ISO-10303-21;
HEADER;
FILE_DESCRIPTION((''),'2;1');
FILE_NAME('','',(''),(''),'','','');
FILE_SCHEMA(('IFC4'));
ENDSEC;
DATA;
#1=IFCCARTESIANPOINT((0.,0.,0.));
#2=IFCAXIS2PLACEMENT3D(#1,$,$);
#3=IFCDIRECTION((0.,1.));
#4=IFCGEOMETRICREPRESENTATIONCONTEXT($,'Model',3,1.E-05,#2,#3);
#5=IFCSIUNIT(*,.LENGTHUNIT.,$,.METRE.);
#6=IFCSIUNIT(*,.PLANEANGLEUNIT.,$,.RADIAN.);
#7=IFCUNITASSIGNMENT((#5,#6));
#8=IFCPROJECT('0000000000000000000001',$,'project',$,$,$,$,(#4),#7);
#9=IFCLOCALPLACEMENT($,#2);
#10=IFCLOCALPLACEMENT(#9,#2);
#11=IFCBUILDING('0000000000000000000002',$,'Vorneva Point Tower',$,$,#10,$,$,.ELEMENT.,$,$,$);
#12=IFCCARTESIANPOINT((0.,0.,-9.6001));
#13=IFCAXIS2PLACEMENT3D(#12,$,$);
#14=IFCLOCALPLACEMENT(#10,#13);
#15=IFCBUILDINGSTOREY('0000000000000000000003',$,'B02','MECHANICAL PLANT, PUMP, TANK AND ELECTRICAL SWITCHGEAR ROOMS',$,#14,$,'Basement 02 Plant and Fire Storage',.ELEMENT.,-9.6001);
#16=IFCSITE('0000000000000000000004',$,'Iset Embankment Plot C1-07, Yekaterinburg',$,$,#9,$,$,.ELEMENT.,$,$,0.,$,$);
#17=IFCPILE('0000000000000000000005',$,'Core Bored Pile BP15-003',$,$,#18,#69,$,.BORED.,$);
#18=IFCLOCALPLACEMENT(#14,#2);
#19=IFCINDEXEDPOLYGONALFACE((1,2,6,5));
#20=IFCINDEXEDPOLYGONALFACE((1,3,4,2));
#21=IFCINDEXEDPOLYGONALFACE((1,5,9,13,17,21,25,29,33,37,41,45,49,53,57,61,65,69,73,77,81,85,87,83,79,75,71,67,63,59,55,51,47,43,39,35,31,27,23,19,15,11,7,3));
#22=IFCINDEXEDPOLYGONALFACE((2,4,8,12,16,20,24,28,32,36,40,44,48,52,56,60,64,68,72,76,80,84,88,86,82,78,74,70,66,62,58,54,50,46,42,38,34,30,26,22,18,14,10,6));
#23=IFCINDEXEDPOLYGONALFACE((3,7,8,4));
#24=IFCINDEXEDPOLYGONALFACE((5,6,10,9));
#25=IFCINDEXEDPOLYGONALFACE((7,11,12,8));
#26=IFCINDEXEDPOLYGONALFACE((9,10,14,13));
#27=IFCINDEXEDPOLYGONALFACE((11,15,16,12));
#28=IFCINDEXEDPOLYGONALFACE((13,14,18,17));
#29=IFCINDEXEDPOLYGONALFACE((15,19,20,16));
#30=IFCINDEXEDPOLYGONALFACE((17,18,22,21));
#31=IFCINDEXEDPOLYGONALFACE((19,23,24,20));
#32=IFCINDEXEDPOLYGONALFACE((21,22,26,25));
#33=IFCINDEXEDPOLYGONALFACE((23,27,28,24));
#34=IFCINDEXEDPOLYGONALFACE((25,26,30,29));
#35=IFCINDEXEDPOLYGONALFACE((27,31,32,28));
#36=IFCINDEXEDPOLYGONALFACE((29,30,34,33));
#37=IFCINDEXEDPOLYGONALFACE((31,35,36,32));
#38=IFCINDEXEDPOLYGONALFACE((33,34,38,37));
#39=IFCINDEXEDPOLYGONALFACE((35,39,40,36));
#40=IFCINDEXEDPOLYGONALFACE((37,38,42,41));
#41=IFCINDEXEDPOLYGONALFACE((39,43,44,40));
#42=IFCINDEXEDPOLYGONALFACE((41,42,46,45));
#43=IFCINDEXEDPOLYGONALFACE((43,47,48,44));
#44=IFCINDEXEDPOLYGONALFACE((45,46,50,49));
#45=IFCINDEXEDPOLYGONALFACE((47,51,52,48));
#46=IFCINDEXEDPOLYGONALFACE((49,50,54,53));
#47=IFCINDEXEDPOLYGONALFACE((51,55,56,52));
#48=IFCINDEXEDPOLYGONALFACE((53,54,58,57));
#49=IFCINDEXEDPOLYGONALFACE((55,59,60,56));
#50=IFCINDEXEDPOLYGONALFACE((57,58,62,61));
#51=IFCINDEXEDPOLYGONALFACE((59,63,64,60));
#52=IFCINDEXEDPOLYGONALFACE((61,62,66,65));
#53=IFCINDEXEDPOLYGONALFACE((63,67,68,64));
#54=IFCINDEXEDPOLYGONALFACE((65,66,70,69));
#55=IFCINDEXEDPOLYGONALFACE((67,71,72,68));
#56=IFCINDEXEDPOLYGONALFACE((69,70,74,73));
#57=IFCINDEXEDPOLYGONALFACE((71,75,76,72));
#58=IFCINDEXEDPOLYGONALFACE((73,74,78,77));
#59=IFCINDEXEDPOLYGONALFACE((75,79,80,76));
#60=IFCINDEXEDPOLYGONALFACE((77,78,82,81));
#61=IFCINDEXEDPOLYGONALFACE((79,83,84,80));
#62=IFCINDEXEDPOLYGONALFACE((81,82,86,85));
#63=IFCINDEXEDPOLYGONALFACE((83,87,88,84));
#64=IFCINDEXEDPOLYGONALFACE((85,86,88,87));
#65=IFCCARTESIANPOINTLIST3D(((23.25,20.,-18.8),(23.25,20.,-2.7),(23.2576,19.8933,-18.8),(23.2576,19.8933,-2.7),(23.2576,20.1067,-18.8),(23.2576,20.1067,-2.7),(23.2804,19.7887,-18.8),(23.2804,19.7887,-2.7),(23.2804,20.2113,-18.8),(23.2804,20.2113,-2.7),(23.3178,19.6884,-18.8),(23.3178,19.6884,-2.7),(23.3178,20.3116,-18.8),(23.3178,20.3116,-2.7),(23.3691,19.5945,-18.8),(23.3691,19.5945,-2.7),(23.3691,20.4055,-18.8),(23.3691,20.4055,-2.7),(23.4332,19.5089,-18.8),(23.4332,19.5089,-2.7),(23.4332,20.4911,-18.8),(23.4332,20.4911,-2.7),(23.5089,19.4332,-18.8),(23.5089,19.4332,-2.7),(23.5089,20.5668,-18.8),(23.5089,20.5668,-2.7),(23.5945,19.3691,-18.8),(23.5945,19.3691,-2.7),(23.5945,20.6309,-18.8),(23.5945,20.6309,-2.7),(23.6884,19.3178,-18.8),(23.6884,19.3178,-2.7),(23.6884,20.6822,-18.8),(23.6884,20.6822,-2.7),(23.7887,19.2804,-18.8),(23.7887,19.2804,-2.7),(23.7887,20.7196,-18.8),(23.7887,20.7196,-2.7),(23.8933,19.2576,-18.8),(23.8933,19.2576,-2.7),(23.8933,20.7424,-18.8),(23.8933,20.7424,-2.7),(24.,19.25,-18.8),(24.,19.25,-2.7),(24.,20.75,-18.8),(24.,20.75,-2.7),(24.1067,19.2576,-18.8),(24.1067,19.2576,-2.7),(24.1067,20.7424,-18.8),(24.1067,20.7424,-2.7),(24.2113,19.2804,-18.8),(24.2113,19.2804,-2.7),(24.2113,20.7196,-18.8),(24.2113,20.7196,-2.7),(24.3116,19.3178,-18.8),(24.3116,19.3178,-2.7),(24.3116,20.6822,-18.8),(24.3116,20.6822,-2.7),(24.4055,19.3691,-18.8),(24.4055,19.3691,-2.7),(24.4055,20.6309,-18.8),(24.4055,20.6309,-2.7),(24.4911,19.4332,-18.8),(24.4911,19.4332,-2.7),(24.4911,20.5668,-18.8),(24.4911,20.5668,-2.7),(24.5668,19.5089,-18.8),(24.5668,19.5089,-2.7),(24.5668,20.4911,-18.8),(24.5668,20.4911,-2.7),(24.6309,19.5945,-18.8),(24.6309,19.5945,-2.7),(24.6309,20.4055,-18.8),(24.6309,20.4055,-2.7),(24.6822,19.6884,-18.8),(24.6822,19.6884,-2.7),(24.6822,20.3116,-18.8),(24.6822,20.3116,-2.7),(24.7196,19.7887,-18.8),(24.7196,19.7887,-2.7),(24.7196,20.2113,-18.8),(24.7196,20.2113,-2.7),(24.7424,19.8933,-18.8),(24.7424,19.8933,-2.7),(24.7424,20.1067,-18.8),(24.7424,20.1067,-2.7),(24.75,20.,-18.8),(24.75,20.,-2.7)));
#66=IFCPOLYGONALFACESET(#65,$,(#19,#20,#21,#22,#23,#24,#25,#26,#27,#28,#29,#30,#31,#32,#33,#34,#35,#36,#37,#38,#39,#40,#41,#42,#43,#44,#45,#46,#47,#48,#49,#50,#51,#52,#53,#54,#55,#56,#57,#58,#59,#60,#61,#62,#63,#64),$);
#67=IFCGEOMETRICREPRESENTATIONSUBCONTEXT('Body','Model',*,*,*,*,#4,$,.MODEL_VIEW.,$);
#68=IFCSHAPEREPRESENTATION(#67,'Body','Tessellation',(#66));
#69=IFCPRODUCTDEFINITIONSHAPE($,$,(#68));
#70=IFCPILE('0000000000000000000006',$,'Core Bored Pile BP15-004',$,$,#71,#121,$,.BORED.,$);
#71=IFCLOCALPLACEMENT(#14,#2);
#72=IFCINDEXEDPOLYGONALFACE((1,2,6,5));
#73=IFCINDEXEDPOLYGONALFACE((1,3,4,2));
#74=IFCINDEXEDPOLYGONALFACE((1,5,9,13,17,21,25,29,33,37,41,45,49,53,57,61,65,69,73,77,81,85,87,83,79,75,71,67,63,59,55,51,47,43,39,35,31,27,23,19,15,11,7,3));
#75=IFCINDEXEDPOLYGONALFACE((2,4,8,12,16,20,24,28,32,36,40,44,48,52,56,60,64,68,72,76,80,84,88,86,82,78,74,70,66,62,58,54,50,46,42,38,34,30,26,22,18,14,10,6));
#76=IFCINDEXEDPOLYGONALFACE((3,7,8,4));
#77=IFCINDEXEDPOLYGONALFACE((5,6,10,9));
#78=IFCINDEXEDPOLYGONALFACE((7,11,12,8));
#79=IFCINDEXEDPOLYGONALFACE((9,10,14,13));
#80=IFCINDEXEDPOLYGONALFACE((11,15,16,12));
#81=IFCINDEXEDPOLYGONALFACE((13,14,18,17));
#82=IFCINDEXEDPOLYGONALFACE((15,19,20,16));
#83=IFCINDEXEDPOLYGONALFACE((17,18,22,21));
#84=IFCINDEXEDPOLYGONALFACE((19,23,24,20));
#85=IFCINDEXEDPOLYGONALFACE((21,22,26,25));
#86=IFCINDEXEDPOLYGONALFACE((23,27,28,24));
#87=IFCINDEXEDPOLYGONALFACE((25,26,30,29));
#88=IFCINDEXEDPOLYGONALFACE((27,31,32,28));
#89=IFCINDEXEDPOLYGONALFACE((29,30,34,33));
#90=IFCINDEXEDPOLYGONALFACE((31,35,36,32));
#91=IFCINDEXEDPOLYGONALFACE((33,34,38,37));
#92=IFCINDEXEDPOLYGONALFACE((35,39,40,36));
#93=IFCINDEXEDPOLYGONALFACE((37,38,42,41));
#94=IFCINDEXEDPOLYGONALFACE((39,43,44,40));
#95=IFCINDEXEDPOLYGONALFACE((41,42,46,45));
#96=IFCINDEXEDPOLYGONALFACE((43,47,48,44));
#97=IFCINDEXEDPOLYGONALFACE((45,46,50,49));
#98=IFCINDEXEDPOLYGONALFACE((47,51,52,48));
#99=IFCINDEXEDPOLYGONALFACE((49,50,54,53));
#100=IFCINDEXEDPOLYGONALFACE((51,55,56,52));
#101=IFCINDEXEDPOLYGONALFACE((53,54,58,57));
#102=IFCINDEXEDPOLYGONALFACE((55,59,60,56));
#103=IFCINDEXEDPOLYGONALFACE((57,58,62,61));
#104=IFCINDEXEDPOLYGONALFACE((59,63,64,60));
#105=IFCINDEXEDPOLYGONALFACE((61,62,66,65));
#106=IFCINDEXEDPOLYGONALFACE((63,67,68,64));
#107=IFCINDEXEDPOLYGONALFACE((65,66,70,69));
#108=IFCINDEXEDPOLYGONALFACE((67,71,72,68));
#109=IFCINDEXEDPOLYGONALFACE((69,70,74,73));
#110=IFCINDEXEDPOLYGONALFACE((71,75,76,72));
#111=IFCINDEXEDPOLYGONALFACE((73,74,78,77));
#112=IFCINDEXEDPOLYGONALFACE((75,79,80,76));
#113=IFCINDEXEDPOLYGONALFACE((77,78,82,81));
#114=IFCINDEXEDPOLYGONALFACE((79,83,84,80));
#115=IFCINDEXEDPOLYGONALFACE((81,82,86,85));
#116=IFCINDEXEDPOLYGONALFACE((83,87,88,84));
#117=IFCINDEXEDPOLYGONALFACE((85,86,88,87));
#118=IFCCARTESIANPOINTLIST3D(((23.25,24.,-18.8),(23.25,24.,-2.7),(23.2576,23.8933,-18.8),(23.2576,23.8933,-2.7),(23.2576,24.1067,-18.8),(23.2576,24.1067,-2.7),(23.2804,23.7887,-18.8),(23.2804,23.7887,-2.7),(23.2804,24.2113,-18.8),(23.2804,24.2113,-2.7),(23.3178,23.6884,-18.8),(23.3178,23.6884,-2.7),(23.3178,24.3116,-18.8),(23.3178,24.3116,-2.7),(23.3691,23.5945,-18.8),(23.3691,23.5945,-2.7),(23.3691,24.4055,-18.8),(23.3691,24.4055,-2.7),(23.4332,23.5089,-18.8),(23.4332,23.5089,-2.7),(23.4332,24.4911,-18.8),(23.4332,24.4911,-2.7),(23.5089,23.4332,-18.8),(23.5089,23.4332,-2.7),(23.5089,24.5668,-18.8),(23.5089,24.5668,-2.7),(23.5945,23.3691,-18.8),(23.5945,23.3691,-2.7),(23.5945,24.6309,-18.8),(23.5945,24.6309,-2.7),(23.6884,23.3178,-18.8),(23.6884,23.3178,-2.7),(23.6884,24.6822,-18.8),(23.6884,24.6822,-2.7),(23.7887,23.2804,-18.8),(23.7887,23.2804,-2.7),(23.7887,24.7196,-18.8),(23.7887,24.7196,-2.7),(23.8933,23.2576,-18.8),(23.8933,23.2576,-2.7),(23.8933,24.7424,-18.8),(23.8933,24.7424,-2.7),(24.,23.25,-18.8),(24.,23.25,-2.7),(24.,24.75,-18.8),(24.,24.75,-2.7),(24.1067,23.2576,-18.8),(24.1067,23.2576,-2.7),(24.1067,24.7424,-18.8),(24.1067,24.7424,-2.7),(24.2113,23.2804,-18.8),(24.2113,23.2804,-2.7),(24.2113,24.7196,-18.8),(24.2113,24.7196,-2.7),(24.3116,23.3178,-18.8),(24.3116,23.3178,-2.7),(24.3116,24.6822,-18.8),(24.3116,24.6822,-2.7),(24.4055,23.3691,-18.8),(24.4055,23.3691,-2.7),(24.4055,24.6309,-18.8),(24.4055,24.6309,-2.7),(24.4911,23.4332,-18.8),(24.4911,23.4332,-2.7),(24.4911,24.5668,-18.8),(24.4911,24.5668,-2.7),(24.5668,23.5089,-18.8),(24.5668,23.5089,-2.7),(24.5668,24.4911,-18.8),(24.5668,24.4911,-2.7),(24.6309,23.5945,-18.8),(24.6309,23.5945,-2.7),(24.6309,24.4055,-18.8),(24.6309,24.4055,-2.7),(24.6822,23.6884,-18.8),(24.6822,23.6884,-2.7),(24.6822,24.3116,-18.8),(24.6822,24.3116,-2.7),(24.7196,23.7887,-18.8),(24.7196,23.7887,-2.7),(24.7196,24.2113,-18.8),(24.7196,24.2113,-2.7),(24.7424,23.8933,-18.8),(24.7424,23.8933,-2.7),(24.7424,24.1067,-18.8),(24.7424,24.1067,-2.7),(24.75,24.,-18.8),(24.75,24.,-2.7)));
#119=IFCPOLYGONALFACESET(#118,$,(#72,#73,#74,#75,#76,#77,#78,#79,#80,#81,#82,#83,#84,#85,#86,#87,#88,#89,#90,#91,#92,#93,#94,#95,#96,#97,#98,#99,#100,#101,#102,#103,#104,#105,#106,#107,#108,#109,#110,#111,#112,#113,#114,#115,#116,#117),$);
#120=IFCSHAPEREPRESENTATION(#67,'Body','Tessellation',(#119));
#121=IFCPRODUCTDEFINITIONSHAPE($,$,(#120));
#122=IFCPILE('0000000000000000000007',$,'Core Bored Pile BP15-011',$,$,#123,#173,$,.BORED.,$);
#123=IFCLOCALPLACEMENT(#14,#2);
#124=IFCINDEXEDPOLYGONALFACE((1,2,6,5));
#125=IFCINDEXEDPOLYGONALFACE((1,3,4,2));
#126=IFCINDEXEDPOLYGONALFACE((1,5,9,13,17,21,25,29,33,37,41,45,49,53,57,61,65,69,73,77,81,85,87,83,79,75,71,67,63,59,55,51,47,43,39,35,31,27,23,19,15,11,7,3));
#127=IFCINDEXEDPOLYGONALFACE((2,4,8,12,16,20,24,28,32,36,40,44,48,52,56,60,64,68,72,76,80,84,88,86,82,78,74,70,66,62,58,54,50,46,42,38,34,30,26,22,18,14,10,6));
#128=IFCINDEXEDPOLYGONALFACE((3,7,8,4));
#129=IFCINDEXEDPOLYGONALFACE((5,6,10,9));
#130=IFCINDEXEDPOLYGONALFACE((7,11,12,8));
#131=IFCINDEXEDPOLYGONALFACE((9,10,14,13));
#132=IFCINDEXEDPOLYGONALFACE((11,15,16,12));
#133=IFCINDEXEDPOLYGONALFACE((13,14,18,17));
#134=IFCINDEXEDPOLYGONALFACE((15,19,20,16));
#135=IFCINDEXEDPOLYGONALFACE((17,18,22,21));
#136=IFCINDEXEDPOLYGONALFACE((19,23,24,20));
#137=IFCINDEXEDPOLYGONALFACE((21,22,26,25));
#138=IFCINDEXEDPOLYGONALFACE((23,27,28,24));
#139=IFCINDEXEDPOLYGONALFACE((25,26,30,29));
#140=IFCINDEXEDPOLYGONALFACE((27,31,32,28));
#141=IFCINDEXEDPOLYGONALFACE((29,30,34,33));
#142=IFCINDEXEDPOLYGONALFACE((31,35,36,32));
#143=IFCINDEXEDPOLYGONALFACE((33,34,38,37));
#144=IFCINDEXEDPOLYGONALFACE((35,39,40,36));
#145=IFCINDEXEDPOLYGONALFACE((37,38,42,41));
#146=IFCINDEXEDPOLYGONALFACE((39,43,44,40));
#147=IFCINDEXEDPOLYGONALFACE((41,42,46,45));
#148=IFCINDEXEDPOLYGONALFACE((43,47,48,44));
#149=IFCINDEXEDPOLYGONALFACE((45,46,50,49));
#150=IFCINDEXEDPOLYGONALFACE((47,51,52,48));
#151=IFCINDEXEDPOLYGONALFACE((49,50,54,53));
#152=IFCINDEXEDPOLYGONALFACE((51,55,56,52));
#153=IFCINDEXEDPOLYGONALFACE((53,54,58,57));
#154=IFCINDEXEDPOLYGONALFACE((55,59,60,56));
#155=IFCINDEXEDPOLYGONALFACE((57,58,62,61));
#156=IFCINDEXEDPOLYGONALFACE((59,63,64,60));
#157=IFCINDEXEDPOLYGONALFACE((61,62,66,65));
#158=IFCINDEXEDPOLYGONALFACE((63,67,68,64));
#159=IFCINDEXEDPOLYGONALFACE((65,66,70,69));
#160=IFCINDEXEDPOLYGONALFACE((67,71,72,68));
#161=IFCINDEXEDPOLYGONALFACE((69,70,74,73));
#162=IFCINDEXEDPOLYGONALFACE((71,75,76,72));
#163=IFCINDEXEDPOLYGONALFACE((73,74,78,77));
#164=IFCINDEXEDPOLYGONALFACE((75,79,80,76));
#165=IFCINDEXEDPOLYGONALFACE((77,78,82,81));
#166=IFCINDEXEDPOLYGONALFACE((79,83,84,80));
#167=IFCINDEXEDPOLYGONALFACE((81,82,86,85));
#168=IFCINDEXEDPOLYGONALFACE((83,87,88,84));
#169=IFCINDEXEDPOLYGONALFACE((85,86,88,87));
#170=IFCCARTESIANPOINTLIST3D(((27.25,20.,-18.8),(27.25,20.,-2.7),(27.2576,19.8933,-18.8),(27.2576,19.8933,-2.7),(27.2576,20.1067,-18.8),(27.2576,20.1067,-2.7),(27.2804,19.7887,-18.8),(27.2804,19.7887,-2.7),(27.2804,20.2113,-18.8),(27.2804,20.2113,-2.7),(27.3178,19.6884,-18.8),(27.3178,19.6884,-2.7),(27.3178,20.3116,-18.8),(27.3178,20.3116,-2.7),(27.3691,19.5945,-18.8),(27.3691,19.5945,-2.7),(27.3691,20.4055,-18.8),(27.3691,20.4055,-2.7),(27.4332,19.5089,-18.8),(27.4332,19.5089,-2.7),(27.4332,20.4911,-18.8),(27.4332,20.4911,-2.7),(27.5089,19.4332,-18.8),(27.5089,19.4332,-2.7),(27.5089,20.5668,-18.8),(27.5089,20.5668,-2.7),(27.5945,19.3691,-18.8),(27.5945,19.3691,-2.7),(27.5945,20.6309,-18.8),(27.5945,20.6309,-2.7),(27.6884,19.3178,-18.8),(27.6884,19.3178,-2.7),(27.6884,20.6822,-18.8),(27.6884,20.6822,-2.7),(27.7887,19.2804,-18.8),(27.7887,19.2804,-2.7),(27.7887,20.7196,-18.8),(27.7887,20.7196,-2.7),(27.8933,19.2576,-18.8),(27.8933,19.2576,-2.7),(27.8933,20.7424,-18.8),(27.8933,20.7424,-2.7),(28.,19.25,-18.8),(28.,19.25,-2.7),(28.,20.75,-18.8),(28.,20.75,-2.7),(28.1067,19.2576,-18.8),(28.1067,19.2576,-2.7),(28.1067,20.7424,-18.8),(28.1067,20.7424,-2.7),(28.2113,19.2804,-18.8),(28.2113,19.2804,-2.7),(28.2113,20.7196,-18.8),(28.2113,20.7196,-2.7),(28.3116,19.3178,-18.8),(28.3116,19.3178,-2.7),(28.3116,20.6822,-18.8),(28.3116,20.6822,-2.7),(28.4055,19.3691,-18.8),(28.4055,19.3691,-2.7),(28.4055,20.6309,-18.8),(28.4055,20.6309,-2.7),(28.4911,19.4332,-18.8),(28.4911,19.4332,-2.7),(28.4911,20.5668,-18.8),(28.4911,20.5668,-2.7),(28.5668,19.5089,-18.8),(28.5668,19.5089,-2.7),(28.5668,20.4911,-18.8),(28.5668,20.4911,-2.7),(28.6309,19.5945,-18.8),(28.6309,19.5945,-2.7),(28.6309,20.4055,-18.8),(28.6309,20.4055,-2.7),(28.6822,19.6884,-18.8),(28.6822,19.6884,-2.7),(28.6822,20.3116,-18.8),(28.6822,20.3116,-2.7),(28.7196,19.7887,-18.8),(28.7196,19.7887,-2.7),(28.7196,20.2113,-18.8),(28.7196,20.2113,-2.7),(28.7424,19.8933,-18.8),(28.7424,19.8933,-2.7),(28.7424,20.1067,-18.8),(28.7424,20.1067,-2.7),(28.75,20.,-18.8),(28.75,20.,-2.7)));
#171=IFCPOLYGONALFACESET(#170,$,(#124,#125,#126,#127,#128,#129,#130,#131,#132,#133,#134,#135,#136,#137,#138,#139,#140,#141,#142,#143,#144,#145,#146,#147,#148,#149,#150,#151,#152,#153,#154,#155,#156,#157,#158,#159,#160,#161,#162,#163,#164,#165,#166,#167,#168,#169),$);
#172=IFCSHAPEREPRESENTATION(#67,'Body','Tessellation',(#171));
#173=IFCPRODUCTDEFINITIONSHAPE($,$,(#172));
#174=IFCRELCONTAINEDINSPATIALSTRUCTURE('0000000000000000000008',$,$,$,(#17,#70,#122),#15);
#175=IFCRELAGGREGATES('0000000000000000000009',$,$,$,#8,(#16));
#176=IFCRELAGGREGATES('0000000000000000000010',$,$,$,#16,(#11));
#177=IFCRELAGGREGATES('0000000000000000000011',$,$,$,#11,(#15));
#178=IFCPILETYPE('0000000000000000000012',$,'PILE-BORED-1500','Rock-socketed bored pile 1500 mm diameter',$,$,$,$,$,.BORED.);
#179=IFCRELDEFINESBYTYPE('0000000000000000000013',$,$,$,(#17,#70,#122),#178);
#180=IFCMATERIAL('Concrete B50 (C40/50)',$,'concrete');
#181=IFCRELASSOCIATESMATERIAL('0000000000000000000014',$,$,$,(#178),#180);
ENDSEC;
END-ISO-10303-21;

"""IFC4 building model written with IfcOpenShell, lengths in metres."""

from ifc_helpers import new_model, si_unit, direction, frame, origin, origin_2d, place, context, subcontext, project, spatial, circle, extrude, material, material_profile, profile_set, type_object, element, save


model = new_model("IFC4")

# Units and contexts
model_context = context("Model", 3, precision=1e-05, world=origin(), true_north=direction((0.0, 1.0)))
body_context = subcontext(model_context, "Body", "Model", "MODEL_VIEW")
ifc_project = project(units=[si_unit("LENGTHUNIT", "METRE"), si_unit("PLANEANGLEUNIT", "RADIAN")], contexts=[model_context])

# Site, building, storey
site_placement = place(None, origin())
site = spatial("IfcSite", under=ifc_project, at=site_placement, Name="Iset Embankment Plot C1-07, Yekaterinburg", CompositionType="ELEMENT", RefElevation=0.0)
building_placement = place(site_placement, origin())
building = spatial("IfcBuilding", under=site, at=building_placement, Name="Vorneva Point Tower", CompositionType="ELEMENT")
storey_placement = place(building_placement, frame((0.0, 0.0, -9.6001)))
storey = spatial("IfcBuildingStorey", under=building, at=storey_placement, Name="B02", Description="MECHANICAL PLANT, PUMP, TANK AND ELECTRICAL SWITCHGEAR ROOMS", LongName="Basement 02 Plant and Fire Storage", CompositionType="ELEMENT", Elevation=-9.6001)

# Piles
ifc_material_1 = material(Name="Concrete B50 (C40/50)", Category="concrete")
ifc_material_profile_1 = material_profile(ifc_material_1, circle(Radius=0.75, at=origin_2d()), Name="PILE-1500")
ifc_profile_set_1 = profile_set([ifc_material_profile_1], Name="Concrete B50 (C40/50)")
pile_type = type_object("IfcPileType", Name="PILE-BORED-1500", Description="Rock-socketed bored pile 1500 mm diameter", PredefinedType="BORED", material=ifc_profile_set_1)
for number, where, z_axis, x_axis, name in (
    (1, (24.0, 20.0, -2.7), (0.0, 0.0, -1.0), (1.0, 0.0, 0.0), "Core Bored Pile BP15-003"),
    (2, (24.0, 24.0, -2.7), (0.0, 0.0, -1.0), (1.0, 0.0, 0.0), "Core Bored Pile BP15-004"),
    (3, (28.0, 20.0, -2.7), (0.0, 0.0, -1.0), (1.0, 0.0, 0.0), "Core Bored Pile BP15-011"),
):
    element("IfcPile", number, at=place(storey_placement, frame(where, z_axis=z_axis, x_axis=x_axis)), inside=storey, type_object=pile_type, Name=name, PredefinedType="BORED", context=body_context, shape_type="SweptSolid", body=[
        extrude(circle(Radius=0.75, at=origin_2d()), origin(), (0.0, 0.0, 1.0), 16.1001),
    ])

save(model, "model.ifc")
